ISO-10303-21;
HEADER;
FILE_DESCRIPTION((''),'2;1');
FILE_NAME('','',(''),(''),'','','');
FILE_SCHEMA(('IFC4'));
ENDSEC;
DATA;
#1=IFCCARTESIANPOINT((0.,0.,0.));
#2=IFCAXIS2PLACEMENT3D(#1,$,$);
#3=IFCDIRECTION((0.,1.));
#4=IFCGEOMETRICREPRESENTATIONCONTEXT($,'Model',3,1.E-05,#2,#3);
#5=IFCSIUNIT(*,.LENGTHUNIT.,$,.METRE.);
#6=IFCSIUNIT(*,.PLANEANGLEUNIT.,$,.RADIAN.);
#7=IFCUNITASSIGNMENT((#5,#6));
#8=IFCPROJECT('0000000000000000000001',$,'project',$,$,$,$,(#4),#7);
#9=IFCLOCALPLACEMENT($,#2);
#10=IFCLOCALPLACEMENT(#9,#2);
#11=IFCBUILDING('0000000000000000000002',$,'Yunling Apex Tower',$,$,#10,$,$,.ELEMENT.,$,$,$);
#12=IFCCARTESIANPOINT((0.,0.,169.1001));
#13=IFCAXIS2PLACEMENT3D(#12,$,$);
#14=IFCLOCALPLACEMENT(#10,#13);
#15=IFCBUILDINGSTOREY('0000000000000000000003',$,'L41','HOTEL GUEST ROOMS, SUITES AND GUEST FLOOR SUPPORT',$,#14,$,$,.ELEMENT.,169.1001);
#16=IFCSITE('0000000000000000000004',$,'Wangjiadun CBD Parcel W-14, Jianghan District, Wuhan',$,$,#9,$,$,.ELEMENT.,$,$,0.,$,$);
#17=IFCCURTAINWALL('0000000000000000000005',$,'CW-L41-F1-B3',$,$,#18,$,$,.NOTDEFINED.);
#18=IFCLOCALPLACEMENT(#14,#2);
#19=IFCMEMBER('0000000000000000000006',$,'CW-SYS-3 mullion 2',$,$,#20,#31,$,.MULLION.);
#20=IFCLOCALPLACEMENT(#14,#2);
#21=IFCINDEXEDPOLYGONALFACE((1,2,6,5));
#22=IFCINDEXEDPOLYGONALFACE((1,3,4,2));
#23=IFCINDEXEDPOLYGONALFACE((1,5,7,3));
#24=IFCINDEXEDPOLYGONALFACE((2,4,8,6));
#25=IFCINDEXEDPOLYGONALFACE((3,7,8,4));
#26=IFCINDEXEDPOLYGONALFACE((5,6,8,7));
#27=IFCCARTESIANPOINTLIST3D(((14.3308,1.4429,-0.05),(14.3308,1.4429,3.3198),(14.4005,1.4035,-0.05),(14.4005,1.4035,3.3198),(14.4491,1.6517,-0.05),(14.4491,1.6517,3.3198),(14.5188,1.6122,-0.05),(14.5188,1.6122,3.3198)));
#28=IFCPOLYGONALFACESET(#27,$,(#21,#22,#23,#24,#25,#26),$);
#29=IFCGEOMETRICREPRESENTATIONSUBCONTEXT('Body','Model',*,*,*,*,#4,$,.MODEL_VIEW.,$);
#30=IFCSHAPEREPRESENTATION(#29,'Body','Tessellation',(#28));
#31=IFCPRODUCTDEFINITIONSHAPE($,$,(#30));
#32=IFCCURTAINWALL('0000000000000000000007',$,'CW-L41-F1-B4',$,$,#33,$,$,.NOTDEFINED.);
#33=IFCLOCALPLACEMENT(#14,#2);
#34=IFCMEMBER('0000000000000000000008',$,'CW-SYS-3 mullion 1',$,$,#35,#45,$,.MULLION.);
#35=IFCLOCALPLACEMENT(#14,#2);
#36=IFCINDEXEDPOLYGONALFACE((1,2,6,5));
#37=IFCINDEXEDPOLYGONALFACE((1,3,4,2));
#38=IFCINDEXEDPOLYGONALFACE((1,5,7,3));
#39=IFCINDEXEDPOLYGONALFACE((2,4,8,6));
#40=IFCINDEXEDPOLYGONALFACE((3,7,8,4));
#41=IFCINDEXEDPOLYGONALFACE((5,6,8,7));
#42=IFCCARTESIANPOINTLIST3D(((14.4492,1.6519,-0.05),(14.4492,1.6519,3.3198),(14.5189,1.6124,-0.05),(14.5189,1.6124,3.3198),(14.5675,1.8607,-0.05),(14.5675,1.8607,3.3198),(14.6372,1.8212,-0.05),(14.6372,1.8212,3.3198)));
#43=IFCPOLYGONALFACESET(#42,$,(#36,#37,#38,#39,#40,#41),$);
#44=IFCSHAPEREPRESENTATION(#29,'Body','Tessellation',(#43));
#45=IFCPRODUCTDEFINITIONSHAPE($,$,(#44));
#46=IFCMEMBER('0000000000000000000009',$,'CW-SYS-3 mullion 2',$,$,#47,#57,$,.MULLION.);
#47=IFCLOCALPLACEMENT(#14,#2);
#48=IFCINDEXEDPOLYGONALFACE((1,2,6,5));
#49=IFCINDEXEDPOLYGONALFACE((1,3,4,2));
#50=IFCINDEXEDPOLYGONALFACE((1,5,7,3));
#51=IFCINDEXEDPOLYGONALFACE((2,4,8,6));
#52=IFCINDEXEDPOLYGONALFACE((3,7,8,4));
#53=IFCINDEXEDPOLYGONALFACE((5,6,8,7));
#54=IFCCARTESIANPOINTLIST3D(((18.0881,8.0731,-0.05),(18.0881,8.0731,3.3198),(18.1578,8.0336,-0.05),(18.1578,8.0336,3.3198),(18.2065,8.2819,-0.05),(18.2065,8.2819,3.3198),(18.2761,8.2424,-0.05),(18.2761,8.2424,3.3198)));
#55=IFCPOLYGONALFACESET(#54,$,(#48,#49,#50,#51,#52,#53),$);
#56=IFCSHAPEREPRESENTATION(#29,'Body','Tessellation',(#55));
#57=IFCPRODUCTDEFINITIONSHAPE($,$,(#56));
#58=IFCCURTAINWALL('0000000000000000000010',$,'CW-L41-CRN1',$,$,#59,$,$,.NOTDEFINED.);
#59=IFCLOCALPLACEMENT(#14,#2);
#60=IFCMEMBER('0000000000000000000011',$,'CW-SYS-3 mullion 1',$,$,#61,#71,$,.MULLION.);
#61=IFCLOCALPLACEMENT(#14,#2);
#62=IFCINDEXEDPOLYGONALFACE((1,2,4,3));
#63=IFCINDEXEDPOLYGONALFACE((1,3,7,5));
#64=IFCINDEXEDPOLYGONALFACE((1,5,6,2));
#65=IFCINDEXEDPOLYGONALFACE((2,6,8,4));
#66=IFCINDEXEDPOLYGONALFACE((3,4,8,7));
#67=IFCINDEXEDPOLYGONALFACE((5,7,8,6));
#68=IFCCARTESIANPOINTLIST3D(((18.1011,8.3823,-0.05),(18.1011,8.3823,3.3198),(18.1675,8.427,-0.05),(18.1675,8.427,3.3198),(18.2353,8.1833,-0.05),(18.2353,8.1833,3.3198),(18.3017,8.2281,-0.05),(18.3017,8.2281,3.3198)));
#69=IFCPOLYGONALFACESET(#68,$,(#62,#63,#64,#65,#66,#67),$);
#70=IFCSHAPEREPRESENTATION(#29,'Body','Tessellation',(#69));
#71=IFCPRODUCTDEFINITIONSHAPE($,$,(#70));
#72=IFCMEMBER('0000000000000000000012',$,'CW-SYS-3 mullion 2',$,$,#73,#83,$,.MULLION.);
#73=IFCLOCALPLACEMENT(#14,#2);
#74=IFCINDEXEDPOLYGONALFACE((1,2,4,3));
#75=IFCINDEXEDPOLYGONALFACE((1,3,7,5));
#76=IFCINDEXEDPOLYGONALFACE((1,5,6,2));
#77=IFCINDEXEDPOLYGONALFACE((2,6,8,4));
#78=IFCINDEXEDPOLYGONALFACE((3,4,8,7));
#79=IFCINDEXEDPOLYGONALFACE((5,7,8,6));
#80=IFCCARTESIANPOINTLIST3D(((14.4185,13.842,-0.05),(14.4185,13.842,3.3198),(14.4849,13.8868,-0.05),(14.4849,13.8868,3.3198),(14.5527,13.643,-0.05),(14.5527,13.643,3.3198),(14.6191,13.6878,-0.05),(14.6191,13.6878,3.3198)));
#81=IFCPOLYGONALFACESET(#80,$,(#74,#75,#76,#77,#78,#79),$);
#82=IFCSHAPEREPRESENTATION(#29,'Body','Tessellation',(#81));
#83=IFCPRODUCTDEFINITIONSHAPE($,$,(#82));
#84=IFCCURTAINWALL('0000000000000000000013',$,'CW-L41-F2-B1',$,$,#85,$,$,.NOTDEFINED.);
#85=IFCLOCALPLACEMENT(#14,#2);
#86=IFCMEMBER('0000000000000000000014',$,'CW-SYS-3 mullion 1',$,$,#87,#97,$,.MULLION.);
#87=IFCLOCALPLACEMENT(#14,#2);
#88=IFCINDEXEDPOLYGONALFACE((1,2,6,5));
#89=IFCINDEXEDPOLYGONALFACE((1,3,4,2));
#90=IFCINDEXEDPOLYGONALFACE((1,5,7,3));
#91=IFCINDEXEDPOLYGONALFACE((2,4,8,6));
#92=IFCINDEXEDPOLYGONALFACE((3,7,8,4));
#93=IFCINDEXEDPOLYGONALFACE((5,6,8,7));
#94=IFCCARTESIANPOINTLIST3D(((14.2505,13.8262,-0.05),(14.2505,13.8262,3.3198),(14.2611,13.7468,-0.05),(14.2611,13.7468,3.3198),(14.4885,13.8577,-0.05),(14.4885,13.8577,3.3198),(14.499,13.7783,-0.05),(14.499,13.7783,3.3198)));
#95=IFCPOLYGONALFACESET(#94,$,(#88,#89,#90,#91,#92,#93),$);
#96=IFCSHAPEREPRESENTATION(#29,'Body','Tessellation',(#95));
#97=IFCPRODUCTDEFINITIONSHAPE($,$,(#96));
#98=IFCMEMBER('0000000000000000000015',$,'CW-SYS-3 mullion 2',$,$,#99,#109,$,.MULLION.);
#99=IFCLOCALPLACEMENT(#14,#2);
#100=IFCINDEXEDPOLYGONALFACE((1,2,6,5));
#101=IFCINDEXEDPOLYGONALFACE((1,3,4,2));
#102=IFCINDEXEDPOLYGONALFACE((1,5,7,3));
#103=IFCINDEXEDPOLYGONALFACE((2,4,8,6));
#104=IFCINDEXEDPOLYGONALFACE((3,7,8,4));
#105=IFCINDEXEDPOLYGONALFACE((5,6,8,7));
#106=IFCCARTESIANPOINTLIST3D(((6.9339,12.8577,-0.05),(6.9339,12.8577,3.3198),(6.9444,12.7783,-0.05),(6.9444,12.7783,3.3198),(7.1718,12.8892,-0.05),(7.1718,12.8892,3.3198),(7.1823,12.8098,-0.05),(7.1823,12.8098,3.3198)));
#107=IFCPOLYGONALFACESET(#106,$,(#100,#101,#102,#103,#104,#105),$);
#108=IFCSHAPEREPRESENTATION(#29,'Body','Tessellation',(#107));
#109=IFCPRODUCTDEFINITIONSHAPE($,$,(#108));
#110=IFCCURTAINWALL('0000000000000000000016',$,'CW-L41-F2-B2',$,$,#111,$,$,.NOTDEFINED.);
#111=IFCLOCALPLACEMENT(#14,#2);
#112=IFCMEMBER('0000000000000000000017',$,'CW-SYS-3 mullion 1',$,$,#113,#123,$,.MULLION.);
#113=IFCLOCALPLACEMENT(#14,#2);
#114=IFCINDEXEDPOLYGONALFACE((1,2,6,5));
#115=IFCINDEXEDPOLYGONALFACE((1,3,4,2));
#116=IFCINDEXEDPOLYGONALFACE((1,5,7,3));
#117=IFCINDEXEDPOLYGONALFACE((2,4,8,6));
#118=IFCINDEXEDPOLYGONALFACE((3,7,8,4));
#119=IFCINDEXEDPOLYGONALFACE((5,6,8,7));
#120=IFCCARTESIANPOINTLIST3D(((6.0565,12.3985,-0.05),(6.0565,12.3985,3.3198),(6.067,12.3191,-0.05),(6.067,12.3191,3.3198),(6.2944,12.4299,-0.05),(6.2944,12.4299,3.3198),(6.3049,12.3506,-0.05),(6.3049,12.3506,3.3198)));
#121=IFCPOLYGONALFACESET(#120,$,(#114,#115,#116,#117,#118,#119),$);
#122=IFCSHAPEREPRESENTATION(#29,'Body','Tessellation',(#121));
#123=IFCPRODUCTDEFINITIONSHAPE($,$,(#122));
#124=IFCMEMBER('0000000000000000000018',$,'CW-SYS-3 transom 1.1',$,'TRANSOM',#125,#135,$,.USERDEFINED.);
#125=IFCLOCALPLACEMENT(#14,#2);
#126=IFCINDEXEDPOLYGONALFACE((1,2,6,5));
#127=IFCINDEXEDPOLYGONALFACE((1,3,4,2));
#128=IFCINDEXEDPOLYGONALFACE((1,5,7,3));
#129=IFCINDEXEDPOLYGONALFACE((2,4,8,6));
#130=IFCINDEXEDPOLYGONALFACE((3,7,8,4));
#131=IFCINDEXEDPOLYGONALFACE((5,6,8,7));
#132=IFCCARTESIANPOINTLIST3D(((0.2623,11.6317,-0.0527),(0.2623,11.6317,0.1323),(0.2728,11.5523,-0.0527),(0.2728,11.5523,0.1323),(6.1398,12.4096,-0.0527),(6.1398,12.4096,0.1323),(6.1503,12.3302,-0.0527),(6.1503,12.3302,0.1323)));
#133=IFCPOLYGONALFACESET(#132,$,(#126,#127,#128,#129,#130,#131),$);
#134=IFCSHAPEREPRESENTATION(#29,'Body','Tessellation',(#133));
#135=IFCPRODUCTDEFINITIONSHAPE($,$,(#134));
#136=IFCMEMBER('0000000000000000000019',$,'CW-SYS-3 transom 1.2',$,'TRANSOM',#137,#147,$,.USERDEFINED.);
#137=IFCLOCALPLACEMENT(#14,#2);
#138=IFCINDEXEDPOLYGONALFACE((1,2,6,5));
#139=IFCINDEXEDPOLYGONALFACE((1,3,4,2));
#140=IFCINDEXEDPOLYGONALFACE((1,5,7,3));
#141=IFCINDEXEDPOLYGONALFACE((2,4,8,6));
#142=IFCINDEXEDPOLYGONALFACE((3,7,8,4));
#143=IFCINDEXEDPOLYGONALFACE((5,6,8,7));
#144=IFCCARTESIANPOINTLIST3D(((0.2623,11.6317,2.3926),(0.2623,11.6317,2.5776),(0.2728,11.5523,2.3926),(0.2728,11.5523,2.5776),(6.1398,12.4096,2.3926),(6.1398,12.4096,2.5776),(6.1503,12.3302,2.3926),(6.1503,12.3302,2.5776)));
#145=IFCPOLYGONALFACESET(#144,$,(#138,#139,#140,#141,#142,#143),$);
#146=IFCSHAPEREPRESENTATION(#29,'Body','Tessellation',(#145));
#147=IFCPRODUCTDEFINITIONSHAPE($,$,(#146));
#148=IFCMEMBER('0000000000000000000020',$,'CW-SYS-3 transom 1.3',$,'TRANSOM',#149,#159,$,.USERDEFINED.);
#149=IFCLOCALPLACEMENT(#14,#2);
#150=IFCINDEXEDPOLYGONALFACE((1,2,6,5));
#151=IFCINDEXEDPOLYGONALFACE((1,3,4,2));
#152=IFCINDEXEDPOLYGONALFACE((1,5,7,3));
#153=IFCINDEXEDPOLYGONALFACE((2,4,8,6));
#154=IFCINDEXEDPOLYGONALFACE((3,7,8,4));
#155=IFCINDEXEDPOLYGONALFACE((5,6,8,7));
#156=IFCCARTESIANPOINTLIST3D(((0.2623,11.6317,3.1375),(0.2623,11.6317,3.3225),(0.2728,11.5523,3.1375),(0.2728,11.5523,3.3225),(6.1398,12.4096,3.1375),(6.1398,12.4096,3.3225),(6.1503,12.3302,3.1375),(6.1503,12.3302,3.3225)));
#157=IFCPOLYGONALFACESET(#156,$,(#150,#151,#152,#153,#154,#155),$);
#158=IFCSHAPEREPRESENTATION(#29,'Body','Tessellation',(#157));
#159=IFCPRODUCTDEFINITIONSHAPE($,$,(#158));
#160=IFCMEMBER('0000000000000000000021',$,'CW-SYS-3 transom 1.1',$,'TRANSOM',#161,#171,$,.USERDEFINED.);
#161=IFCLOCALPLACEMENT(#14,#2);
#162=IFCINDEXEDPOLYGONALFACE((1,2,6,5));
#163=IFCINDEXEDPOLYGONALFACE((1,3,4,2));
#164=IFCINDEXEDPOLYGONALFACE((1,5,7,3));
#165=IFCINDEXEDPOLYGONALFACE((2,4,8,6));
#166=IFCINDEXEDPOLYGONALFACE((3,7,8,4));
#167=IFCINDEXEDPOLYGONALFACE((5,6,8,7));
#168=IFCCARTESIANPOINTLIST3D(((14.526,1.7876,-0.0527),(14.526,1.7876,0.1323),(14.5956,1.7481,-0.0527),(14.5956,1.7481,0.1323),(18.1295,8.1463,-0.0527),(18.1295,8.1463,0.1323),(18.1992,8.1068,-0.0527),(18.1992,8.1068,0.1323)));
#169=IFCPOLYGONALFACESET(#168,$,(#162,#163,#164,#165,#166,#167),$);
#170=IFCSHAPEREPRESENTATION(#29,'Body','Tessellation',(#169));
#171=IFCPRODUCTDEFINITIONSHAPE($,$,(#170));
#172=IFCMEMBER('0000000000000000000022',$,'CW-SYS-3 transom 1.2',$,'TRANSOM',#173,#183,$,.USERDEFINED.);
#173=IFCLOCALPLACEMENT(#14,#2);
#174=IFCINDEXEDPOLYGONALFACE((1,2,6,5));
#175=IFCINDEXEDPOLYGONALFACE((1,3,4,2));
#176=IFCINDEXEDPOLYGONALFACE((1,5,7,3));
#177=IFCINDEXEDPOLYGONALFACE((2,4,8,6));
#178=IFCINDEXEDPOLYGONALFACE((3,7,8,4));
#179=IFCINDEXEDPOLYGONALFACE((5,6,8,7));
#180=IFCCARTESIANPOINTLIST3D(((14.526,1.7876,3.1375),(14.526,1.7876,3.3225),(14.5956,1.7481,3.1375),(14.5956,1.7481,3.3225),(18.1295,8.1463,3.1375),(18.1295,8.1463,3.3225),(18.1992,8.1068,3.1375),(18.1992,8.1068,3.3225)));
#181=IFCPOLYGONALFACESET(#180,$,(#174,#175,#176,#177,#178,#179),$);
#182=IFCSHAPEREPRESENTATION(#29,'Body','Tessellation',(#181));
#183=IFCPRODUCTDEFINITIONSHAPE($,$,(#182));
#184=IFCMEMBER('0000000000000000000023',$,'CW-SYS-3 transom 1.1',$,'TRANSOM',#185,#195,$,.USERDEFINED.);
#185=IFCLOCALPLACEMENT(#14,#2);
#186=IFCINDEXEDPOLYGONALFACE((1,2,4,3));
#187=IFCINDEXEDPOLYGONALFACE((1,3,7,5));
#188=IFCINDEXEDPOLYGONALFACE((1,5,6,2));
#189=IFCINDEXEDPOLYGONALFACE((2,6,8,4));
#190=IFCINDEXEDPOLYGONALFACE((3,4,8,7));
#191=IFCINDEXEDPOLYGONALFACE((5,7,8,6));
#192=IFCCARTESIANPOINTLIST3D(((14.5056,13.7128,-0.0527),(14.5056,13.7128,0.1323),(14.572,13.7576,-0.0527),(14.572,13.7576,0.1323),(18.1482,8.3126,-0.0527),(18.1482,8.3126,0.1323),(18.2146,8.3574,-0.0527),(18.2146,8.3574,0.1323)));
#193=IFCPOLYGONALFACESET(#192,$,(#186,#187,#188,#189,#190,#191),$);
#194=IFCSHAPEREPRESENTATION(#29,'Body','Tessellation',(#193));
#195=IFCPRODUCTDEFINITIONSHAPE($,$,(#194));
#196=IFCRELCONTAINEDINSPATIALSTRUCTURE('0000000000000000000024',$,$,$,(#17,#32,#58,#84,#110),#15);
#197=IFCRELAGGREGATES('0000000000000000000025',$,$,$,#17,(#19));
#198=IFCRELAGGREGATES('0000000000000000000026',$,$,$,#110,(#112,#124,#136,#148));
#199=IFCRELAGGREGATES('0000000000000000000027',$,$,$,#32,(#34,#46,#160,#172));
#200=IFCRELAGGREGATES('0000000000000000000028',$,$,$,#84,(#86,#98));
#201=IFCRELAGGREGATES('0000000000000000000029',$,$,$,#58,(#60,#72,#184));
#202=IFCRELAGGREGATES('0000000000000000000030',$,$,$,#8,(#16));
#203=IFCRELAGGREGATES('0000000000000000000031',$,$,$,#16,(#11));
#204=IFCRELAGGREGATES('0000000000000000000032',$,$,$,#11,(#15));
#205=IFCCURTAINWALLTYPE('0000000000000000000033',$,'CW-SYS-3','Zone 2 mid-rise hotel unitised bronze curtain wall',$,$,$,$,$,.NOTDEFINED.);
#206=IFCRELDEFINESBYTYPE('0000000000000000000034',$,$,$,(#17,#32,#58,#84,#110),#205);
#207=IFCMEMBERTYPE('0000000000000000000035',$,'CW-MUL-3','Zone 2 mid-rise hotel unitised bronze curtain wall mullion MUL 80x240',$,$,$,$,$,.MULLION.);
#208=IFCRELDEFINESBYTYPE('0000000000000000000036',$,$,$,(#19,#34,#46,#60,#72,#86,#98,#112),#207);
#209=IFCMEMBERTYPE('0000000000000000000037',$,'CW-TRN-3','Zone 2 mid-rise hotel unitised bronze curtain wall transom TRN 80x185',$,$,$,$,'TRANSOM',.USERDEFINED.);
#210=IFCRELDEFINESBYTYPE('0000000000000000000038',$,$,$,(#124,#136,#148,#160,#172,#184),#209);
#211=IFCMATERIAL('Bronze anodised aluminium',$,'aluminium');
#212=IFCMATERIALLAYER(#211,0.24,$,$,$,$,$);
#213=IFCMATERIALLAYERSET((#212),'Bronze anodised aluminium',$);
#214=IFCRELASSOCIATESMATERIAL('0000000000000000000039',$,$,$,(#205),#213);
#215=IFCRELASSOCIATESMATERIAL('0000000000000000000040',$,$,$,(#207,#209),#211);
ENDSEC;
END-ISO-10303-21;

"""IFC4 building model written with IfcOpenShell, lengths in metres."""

from ifc_helpers import new_model, si_unit, direction, frame, origin, origin_2d, place, context, subcontext, project, spatial, rectangle, extrude, source, transform, mapped, material, layer, layer_set, material_profile, profile_set, type_object, element, aggregate, save


model = new_model("IFC4")

# Units and contexts
model_context = context("Model", 3, precision=1e-05, world=origin(), true_north=direction((0.0, 1.0)))
body_context = subcontext(model_context, "Body", "Model", "MODEL_VIEW")
ifc_project = project(units=[si_unit("LENGTHUNIT", "METRE"), si_unit("PLANEANGLEUNIT", "RADIAN")], contexts=[model_context])

# Site, building, storey
site_placement = place(None, origin())
site = spatial("IfcSite", under=ifc_project, at=site_placement, Name="Wangjiadun CBD Parcel W-14, Jianghan District, Wuhan", CompositionType="ELEMENT", RefElevation=0.0)
building_placement = place(site_placement, origin())
building = spatial("IfcBuilding", under=site, at=building_placement, Name="Yunling Apex Tower", CompositionType="ELEMENT")
storey_placement = place(building_placement, frame((0.0, 0.0, 169.1001)))
storey = spatial("IfcBuildingStorey", under=building, at=storey_placement, Name="L41", Description="HOTEL GUEST ROOMS, SUITES AND GUEST FLOOR SUPPORT", CompositionType="ELEMENT", Elevation=169.1001)

# Curtain wall, member
ifc_material_1 = material(Name="Bronze anodised aluminium", Category="aluminium")
ifc_layer_1 = layer(ifc_material_1, 0.24)
ifc_layer_set_1 = layer_set([ifc_layer_1], Name="Bronze anodised aluminium")
curtain_wall_type = type_object("IfcCurtainWallType", Name="CW-SYS-3", Description="Zone 2 mid-rise hotel unitised bronze curtain wall", PredefinedType="NOTDEFINED", material=ifc_layer_set_1)
curtain_wall_1_placement = place(storey_placement, origin())
curtain_wall_1 = element("IfcCurtainWall", 1, at=curtain_wall_1_placement, inside=storey, type_object=curtain_wall_type, Name="CW-L41-F1-B3", PredefinedType="NOTDEFINED")
ifc_material_profile_1 = material_profile(ifc_material_1, rectangle(XDim=0.0801, YDim=0.24, at=origin_2d()))
ifc_profile_set_1 = profile_set([ifc_material_profile_1], Name="Bronze anodised aluminium")
member_type_1 = type_object("IfcMemberType", Name="CW-MUL-3", Description="Zone 2 mid-rise hotel unitised bronze curtain wall mullion MUL 80x240", PredefinedType="MULLION", material=ifc_profile_set_1)
shared_shape_1 = source(origin(), body_context, "Body", "SweptSolid", [
    extrude(rectangle(XDim=0.0801, YDim=0.24, at=origin_2d()), origin(), (0.0, 0.0, 1.0), 3.3699),
])
member_1_placement = place(storey_placement, frame((14.4248, 1.5276, -0.05), z_axis=(0.0, 0.0, 1.0), x_axis=(-0.870009, 0.493035, 0.0)))
member_1 = element("IfcMember", 2, at=member_1_placement, type_object=member_type_1, Name="CW-SYS-3 mullion 2", PredefinedType="MULLION", context=body_context, shape_type="MappedRepresentation", body=[
    mapped(shared_shape_1, transform((0.0, 0.0, 0.0), scale=1.0)),
])
aggregate(curtain_wall_1, [member_1])

# Curtain walls, members
curtain_wall_2_placement = place(storey_placement, origin())
curtain_wall_2 = element("IfcCurtainWall", 3, at=curtain_wall_2_placement, inside=storey, type_object=curtain_wall_type, Name="CW-L41-F1-B4", PredefinedType="NOTDEFINED")
member_2_placement = place(storey_placement, frame((14.5432, 1.7366, -0.05), z_axis=(0.0, 0.0, 1.0), x_axis=(-0.870006, 0.493041, 0.0)))
member_2 = element("IfcMember", 4, at=member_2_placement, type_object=member_type_1, Name="CW-SYS-3 mullion 1", PredefinedType="MULLION", context=body_context, shape_type="MappedRepresentation", body=[
    mapped(shared_shape_1, transform((0.0, 0.0, 0.0), scale=1.0)),
])
member_3_placement = place(storey_placement, frame((18.1821, 8.1577, -0.05), z_axis=(0.0, 0.0, 1.0), x_axis=(-0.870006, 0.493041, 0.0)))
member_3 = element("IfcMember", 5, at=member_3_placement, type_object=member_type_1, Name="CW-SYS-3 mullion 2", PredefinedType="MULLION", context=body_context, shape_type="MappedRepresentation", body=[
    mapped(shared_shape_1, transform((0.0, 0.0, 0.0), scale=1.0)),
])
curtain_wall_3_placement = place(storey_placement, origin())
curtain_wall_3 = element("IfcCurtainWall", 6, at=curtain_wall_3_placement, inside=storey, type_object=curtain_wall_type, Name="CW-L41-CRN1", PredefinedType="NOTDEFINED")
member_4_placement = place(storey_placement, frame((18.2014, 8.3052, -0.05), z_axis=(0.0, 0.0, 1.0), x_axis=(-0.829038, -0.559193, 0.0)))
member_4 = element("IfcMember", 7, at=member_4_placement, type_object=member_type_1, Name="CW-SYS-3 mullion 1", PredefinedType="MULLION", context=body_context, shape_type="MappedRepresentation", body=[
    mapped(shared_shape_1, transform((0.0, 0.0, 0.0), scale=1.0)),
])
member_5_placement = place(storey_placement, frame((14.5188, 13.7649, -0.05), z_axis=(0.0, 0.0, 1.0), x_axis=(-0.829038, -0.559193, 0.0)))
member_5 = element("IfcMember", 8, at=member_5_placement, type_object=member_type_1, Name="CW-SYS-3 mullion 2", PredefinedType="MULLION", context=body_context, shape_type="MappedRepresentation", body=[
    mapped(shared_shape_1, transform((0.0, 0.0, 0.0), scale=1.0)),
])
curtain_wall_4_placement = place(storey_placement, origin())
curtain_wall_4 = element("IfcCurtainWall", 9, at=curtain_wall_4_placement, inside=storey, type_object=curtain_wall_type, Name="CW-L41-F2-B1", PredefinedType="NOTDEFINED")
member_6_placement = place(storey_placement, frame((14.3748, 13.8022, -0.05), z_axis=(0.0, 0.0, 1.0), x_axis=(0.131222, -0.991353, 0.0)))
member_6 = element("IfcMember", 10, at=member_6_placement, type_object=member_type_1, Name="CW-SYS-3 mullion 1", PredefinedType="MULLION", context=body_context, shape_type="MappedRepresentation", body=[
    mapped(shared_shape_1, transform((0.0, 0.0, 0.0), scale=1.0)),
])
member_7_placement = place(storey_placement, frame((7.0581, 12.8337, -0.05), z_axis=(0.0, 0.0, 1.0), x_axis=(0.131222, -0.991353, 0.0)))
member_7 = element("IfcMember", 11, at=member_7_placement, type_object=member_type_1, Name="CW-SYS-3 mullion 2", PredefinedType="MULLION", context=body_context, shape_type="MappedRepresentation", body=[
    mapped(shared_shape_1, transform((0.0, 0.0, 0.0), scale=1.0)),
])
curtain_wall_5_placement = place(storey_placement, origin())
curtain_wall_5 = element("IfcCurtainWall", 12, at=curtain_wall_5_placement, inside=storey, type_object=curtain_wall_type, Name="CW-L41-F2-B2", PredefinedType="NOTDEFINED")
member_8_placement = place(storey_placement, frame((6.1807, 12.3745, -0.05), z_axis=(0.0, 0.0, 1.0), x_axis=(0.131205, -0.991355, 0.0)))
member_8 = element("IfcMember", 13, at=member_8_placement, type_object=member_type_1, Name="CW-SYS-3 mullion 1", PredefinedType="MULLION", context=body_context, shape_type="MappedRepresentation", body=[
    mapped(shared_shape_1, transform((0.0, 0.0, 0.0), scale=1.0)),
])
ifc_material_profile_2 = material_profile(ifc_material_1, rectangle(XDim=0.0801, YDim=0.1851, at=origin_2d()))
ifc_profile_set_2 = profile_set([ifc_material_profile_2], Name="Bronze anodised aluminium")
member_type_2 = type_object("IfcMemberType", Name="CW-TRN-3", Description="Zone 2 mid-rise hotel unitised bronze curtain wall transom TRN 80x185", ElementType="TRANSOM", PredefinedType="USERDEFINED", material=ifc_profile_set_2)
shared_shape_2 = source(origin(), body_context, "Body", "SweptSolid", [
    extrude(rectangle(XDim=0.0801, YDim=0.1851, at=origin_2d()), origin(), (0.0, 0.0, 1.0), 5.9287),
])
member_9_placement = place(storey_placement, frame((6.145, 12.3699, 0.0398), z_axis=(-0.991356, -0.131198, 0.0), x_axis=(0.131198, -0.991356, 0.0)))
member_9 = element("IfcMember", 14, at=member_9_placement, type_object=member_type_2, Name="CW-SYS-3 transom 1.1", ObjectType="TRANSOM", PredefinedType="USERDEFINED", context=body_context, shape_type="MappedRepresentation", body=[
    mapped(shared_shape_2, transform((0.0, 0.0, 0.0), scale=1.0)),
])
member_10_placement = place(storey_placement, frame((6.145, 12.3699, 2.4851), z_axis=(-0.991356, -0.131198, 0.0), x_axis=(0.131198, -0.991356, 0.0)))
member_10 = element("IfcMember", 15, at=member_10_placement, type_object=member_type_2, Name="CW-SYS-3 transom 1.2", ObjectType="TRANSOM", PredefinedType="USERDEFINED", context=body_context, shape_type="MappedRepresentation", body=[
    mapped(shared_shape_2, transform((0.0, 0.0, 0.0), scale=1.0)),
])
member_11_placement = place(storey_placement, frame((6.145, 12.3699, 3.23), z_axis=(-0.991356, -0.131198, 0.0), x_axis=(0.131198, -0.991356, 0.0)))
member_11 = element("IfcMember", 16, at=member_11_placement, type_object=member_type_2, Name="CW-SYS-3 transom 1.3", ObjectType="TRANSOM", PredefinedType="USERDEFINED", context=body_context, shape_type="MappedRepresentation", body=[
    mapped(shared_shape_2, transform((0.0, 0.0, 0.0), scale=1.0)),
])
aggregate(curtain_wall_5, [member_8, member_9, member_10, member_11])

# Members
shared_shape_3 = source(origin(), body_context, "Body", "SweptSolid", [
    extrude(rectangle(XDim=0.0801, YDim=0.1851, at=origin_2d()), origin(), (0.0, 0.0, 1.0), 7.3088),
])
member_12_placement = place(storey_placement, frame((14.5608, 1.7678, 0.0398), z_axis=(0.493042, 0.870005, 0.0), x_axis=(-0.870005, 0.493042, 0.0)))
member_12 = element("IfcMember", 17, at=member_12_placement, type_object=member_type_2, Name="CW-SYS-3 transom 1.1", ObjectType="TRANSOM", PredefinedType="USERDEFINED", context=body_context, shape_type="MappedRepresentation", body=[
    mapped(shared_shape_3, transform((0.0, 0.0, 0.0), scale=1.0)),
])
member_13_placement = place(storey_placement, frame((14.5608, 1.7678, 3.23), z_axis=(0.493042, 0.870005, 0.0), x_axis=(-0.870005, 0.493042, 0.0)))
member_13 = element("IfcMember", 18, at=member_13_placement, type_object=member_type_2, Name="CW-SYS-3 transom 1.2", ObjectType="TRANSOM", PredefinedType="USERDEFINED", context=body_context, shape_type="MappedRepresentation", body=[
    mapped(shared_shape_3, transform((0.0, 0.0, 0.0), scale=1.0)),
])
shared_shape_4 = source(origin(), body_context, "Body", "SweptSolid", [
    extrude(rectangle(XDim=0.0801, YDim=0.1851, at=origin_2d()), origin(), (0.0, 0.0, 1.0), 6.5139),
])
member_14_placement = place(storey_placement, frame((18.1814, 8.335, 0.0398), z_axis=(-0.559207, 0.829028, 0.0), x_axis=(-0.829028, -0.559207, 0.0)))
member_14 = element("IfcMember", 19, at=member_14_placement, type_object=member_type_2, Name="CW-SYS-3 transom 1.1", ObjectType="TRANSOM", PredefinedType="USERDEFINED", context=body_context, shape_type="MappedRepresentation", body=[
    mapped(shared_shape_4, transform((0.0, 0.0, 0.0), scale=1.0)),
])

aggregate(curtain_wall_2, [member_2, member_3, member_12, member_13])
aggregate(curtain_wall_4, [member_6, member_7])
aggregate(curtain_wall_3, [member_4, member_5, member_14])

save(model, "model.ifc")
